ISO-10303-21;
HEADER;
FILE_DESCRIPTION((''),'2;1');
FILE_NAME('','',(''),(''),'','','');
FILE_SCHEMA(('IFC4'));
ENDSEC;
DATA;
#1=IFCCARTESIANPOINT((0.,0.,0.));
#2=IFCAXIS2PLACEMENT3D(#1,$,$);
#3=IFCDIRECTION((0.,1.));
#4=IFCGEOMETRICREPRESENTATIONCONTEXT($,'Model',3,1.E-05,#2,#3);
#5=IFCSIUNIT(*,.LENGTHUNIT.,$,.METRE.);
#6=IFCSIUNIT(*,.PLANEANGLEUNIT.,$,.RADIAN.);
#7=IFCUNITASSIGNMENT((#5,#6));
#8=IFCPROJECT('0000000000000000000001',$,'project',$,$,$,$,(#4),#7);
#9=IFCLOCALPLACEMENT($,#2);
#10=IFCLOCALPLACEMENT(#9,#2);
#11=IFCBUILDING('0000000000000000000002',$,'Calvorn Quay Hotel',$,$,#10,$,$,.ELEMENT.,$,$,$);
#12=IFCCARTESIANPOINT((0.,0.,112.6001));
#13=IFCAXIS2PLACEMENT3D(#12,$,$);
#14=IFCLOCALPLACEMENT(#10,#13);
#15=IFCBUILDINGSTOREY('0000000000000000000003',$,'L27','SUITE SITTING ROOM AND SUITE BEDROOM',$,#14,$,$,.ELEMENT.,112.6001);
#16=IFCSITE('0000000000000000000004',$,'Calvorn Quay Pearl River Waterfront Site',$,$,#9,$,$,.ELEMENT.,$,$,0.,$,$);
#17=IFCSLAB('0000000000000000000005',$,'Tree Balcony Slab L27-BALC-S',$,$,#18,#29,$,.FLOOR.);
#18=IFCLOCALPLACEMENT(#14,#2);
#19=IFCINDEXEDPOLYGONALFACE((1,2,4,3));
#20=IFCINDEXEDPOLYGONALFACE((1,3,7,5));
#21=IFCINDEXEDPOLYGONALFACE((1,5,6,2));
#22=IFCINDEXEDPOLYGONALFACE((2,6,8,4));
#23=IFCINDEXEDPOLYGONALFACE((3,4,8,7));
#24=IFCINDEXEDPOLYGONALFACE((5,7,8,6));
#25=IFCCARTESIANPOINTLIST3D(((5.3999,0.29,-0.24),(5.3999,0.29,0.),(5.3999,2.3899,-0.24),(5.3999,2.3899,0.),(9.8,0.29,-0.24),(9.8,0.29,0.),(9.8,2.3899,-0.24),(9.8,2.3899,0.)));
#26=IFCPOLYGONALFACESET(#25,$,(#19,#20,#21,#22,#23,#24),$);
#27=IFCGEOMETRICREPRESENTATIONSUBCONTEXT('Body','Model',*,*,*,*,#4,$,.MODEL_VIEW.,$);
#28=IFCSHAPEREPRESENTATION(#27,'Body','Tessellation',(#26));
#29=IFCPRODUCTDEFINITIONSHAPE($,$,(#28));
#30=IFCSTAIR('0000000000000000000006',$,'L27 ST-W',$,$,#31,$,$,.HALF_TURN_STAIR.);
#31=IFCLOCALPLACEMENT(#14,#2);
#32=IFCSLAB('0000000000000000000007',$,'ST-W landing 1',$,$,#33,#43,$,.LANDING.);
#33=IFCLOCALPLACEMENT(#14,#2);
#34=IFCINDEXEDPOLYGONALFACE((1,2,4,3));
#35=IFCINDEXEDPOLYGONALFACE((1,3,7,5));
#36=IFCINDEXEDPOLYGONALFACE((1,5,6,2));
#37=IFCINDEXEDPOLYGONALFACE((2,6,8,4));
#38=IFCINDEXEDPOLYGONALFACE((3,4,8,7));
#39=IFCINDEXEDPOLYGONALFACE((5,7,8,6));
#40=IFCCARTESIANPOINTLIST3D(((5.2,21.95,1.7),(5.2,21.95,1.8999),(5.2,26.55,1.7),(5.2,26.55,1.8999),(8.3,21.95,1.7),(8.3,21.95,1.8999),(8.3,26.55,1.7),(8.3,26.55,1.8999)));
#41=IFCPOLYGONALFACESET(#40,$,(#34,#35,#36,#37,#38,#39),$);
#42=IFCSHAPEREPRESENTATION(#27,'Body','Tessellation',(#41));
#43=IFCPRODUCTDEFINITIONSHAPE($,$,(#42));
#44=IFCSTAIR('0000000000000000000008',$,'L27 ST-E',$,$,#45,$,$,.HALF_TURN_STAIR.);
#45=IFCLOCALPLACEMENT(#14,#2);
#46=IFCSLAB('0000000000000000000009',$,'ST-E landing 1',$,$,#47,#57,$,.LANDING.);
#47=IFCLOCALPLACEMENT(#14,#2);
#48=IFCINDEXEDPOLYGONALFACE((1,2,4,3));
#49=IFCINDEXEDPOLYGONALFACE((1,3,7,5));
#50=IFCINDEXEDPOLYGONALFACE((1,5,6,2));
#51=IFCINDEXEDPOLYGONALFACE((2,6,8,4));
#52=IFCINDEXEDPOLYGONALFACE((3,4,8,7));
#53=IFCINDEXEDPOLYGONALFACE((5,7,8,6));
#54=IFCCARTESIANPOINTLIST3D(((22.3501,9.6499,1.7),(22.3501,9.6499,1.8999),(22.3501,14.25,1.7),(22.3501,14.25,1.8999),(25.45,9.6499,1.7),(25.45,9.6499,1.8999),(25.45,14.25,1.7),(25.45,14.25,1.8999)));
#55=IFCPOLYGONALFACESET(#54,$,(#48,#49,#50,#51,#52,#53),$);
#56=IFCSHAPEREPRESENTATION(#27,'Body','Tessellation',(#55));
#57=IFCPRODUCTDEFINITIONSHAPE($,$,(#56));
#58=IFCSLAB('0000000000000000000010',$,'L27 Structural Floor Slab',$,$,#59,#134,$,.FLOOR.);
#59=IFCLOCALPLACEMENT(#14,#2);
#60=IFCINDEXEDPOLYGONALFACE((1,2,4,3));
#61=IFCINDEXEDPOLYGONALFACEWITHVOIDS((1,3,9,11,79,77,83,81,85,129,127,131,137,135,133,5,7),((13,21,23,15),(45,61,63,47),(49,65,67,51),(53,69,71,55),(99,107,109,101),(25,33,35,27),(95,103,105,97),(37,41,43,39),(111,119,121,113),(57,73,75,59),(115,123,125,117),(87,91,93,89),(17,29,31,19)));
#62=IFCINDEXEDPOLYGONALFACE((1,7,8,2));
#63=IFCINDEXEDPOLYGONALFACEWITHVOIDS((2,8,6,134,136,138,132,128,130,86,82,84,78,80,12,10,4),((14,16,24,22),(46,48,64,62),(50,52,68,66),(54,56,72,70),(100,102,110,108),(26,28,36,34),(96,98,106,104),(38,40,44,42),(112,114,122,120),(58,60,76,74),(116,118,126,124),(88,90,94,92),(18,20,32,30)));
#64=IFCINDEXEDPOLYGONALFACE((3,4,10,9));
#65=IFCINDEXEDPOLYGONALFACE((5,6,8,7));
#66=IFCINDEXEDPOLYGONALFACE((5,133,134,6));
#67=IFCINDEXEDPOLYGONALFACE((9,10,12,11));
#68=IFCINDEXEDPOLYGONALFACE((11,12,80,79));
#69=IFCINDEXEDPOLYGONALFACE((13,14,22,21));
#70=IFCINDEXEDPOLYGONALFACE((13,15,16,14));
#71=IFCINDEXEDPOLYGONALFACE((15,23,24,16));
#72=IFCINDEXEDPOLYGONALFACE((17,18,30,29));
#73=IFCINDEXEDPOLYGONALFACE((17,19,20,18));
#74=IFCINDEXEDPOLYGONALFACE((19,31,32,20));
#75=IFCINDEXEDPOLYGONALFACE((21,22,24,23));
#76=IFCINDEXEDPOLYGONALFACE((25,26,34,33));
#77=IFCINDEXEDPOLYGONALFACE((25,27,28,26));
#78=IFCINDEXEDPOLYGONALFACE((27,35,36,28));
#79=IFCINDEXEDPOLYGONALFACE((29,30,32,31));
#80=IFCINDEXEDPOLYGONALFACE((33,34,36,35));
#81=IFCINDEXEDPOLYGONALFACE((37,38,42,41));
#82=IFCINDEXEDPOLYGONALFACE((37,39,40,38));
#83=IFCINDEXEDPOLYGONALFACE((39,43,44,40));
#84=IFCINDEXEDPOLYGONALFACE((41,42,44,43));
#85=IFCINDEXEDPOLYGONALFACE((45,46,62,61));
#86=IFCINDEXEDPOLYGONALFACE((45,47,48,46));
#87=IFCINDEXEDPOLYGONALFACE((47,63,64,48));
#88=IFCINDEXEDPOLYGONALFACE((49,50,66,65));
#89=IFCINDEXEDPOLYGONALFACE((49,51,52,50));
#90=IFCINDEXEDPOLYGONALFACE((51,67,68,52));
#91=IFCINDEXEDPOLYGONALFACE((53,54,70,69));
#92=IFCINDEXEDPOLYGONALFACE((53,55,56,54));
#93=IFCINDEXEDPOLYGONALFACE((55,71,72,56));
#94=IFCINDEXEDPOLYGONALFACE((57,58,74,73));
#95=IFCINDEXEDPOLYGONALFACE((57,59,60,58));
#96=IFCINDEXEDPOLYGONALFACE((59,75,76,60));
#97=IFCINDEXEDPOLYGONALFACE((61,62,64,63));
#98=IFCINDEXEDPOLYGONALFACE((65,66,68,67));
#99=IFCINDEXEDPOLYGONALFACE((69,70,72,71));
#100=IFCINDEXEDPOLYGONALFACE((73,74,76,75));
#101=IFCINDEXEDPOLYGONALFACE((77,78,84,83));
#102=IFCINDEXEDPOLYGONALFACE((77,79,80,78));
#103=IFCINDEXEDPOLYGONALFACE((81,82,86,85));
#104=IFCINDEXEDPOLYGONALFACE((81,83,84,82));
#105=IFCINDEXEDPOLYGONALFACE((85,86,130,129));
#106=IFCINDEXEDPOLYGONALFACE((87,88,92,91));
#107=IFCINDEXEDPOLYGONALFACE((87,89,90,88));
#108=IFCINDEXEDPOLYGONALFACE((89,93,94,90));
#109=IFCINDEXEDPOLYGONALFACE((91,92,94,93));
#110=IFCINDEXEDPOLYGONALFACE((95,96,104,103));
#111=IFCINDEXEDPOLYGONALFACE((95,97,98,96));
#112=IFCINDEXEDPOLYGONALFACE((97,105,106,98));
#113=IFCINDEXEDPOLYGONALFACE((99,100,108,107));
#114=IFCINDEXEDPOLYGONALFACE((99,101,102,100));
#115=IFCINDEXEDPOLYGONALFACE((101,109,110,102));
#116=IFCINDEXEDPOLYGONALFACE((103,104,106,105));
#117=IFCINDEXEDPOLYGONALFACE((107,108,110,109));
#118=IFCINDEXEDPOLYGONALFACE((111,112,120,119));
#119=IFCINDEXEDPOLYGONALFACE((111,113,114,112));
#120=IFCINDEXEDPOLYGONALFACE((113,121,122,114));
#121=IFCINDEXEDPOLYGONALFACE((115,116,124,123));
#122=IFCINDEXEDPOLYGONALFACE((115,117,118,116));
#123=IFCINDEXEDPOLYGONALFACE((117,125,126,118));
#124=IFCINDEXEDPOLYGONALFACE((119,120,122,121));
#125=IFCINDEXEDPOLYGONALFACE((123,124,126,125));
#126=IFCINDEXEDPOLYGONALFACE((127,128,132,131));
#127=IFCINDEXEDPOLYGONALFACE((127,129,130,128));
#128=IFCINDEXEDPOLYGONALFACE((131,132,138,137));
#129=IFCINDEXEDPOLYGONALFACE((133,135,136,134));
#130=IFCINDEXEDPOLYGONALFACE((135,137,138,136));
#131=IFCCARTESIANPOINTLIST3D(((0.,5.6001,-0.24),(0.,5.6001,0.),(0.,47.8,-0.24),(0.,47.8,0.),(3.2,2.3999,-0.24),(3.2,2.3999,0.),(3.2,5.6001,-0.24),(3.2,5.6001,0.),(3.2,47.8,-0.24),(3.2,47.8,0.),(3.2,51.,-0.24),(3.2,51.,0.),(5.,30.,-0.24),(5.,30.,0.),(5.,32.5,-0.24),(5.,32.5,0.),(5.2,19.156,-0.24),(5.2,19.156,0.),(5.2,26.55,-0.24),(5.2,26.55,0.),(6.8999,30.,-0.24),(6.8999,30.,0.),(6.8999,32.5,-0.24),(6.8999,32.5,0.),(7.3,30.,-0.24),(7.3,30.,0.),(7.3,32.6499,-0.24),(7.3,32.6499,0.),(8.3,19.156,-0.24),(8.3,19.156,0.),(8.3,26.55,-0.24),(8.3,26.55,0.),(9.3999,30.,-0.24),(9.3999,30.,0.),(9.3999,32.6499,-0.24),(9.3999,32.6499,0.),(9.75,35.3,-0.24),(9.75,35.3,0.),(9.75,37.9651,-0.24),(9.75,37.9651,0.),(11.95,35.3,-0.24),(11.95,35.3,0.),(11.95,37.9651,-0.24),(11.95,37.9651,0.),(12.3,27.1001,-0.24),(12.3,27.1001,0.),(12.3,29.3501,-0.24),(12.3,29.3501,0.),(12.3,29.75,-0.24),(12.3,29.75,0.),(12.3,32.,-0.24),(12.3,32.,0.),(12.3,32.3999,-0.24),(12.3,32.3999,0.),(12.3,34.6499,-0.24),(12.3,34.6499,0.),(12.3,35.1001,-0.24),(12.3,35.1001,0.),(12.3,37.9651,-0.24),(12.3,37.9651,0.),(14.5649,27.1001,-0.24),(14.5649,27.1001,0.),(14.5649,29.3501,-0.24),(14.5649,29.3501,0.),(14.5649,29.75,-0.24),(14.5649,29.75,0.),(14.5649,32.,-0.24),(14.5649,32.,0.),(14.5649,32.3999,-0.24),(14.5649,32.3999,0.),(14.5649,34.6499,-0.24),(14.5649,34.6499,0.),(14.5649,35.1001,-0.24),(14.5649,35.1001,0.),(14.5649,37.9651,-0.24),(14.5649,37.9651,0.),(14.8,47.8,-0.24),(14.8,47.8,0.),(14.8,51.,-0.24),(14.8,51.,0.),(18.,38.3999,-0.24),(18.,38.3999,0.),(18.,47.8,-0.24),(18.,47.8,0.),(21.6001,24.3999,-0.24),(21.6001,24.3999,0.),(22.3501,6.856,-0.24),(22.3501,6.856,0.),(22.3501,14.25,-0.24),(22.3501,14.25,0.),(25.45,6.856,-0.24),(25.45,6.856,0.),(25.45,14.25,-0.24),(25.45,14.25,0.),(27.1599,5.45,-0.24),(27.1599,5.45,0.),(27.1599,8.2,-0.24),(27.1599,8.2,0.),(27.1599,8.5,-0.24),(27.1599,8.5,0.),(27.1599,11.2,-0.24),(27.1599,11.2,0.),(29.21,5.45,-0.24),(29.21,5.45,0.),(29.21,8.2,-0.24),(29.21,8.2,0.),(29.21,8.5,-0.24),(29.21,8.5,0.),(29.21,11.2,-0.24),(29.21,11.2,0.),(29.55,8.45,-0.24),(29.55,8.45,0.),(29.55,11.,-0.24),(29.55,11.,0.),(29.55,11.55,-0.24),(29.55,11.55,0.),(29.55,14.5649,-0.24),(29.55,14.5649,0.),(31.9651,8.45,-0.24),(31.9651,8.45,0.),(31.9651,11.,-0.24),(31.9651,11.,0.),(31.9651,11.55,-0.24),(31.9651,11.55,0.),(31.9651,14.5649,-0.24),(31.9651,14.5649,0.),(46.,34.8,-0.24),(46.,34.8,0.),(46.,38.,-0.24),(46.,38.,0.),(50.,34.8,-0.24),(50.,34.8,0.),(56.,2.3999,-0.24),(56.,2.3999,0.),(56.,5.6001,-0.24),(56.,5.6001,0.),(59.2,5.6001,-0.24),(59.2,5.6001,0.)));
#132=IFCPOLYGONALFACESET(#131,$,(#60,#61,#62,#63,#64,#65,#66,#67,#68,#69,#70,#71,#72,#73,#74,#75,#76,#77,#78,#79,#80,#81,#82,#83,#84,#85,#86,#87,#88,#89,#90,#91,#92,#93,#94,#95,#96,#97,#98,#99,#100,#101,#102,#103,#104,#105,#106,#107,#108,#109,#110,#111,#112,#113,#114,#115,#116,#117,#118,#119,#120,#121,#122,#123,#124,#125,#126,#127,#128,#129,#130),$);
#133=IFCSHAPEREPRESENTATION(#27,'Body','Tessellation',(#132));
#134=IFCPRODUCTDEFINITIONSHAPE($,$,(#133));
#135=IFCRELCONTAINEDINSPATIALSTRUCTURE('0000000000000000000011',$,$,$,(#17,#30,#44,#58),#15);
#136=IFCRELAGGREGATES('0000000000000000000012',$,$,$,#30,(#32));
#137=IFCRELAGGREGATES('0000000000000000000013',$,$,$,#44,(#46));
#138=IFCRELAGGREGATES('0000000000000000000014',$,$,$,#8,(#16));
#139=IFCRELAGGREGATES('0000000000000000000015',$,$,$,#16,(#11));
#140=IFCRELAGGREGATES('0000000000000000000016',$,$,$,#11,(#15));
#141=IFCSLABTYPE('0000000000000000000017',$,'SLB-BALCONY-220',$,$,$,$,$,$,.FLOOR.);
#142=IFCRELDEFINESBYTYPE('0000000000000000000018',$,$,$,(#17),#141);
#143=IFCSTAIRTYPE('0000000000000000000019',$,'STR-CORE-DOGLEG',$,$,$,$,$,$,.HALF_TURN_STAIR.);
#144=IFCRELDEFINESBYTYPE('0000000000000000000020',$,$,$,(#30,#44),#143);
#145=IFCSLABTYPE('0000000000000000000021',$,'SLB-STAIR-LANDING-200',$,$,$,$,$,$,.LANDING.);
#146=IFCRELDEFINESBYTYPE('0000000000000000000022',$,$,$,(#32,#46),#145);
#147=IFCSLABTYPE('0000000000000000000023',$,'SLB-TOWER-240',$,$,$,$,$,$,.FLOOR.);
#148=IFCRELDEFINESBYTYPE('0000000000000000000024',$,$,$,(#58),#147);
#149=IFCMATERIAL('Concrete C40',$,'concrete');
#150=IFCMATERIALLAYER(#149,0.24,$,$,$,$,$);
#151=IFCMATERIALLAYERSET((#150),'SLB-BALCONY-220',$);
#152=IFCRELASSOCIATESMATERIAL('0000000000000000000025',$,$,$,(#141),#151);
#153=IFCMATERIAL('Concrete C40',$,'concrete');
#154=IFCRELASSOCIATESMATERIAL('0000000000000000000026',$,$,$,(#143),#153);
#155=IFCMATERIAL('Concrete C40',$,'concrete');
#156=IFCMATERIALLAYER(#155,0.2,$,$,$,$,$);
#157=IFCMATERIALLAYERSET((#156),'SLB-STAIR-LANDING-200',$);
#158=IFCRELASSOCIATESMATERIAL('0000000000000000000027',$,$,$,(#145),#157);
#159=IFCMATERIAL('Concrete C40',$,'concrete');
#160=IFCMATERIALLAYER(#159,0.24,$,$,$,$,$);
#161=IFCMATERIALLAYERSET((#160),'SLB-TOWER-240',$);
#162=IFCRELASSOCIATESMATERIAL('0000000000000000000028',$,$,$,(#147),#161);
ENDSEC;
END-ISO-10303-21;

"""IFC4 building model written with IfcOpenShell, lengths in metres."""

from ifc_helpers import new_model, si_unit, direction, frame, origin, place, context, subcontext, project, spatial, polyline, outline, extrude, material, layer, layer_set, type_object, element, aggregate, save


model = new_model("IFC4")

# Units and contexts
model_context = context("Model", 3, precision=1e-05, world=origin(), true_north=direction((0.0, 1.0)))
body_context = subcontext(model_context, "Body", "Model", "MODEL_VIEW")
ifc_project = project(units=[si_unit("LENGTHUNIT", "METRE"), si_unit("PLANEANGLEUNIT", "RADIAN")], contexts=[model_context])

# Site, building, storey
site_placement = place(None, origin())
site = spatial("IfcSite", under=ifc_project, at=site_placement, Name="Calvorn Quay Pearl River Waterfront Site", CompositionType="ELEMENT", RefElevation=0.0)
building_placement = place(site_placement, origin())
building = spatial("IfcBuilding", under=site, at=building_placement, Name="Calvorn Quay Hotel", CompositionType="ELEMENT")
storey_placement = place(building_placement, frame((0.0, 0.0, 112.6001)))
storey = spatial("IfcBuildingStorey", under=building, at=storey_placement, Name="L27", Description="SUITE SITTING ROOM AND SUITE BEDROOM", CompositionType="ELEMENT", Elevation=112.6001)

# Slab
ifc_material_1 = material(Name="Concrete C40", Category="concrete")
ifc_layer_1 = layer(ifc_material_1, 0.24)
ifc_layer_set_1 = layer_set([ifc_layer_1], Name="SLB-BALCONY-220")
slab_type_1 = type_object("IfcSlabType", Name="SLB-BALCONY-220", PredefinedType="FLOOR", material=ifc_layer_set_1)
slab_1_placement = place(storey_placement, frame((0.0, 0.0, -0.24)))
element("IfcSlab", 1, at=slab_1_placement, inside=storey, type_object=slab_type_1, Name="Tree Balcony Slab L27-BALC-S", PredefinedType="FLOOR", context=body_context, shape_type="SweptSolid", body=[
    extrude(outline(polyline([(5.3999, 0.29), (9.8, 0.29), (9.8, 2.3899), (5.3999, 2.3899), (5.3999, 0.29)])), origin(), (0.0, 0.0, 1.0), 0.24),
])

# Stairs, slabs
ifc_material_2 = material(Name="Concrete C40", Category="concrete")
stair_type = type_object("IfcStairType", Name="STR-CORE-DOGLEG", PredefinedType="HALF_TURN_STAIR", material=ifc_material_2)
stair_1_placement = place(storey_placement, origin())
stair_1 = element("IfcStair", 2, at=stair_1_placement, inside=storey, type_object=stair_type, Name="L27 ST-W", PredefinedType="HALF_TURN_STAIR")
ifc_material_3 = material(Name="Concrete C40", Category="concrete")
ifc_layer_2 = layer(ifc_material_3, 0.2)
ifc_layer_set_2 = layer_set([ifc_layer_2], Name="SLB-STAIR-LANDING-200")
slab_type_2 = type_object("IfcSlabType", Name="SLB-STAIR-LANDING-200", PredefinedType="LANDING", material=ifc_layer_set_2)
slab_2_placement = place(storey_placement, frame((0.0, 0.0, 1.7)))
slab_2 = element("IfcSlab", 3, at=slab_2_placement, type_object=slab_type_2, Name="ST-W landing 1", PredefinedType="LANDING", context=body_context, shape_type="SweptSolid", body=[
    extrude(outline(polyline([(8.3, 21.95), (8.3, 26.55), (5.2, 26.55), (5.2, 21.95), (8.3, 21.95)])), origin(), (0.0, 0.0, 1.0), 0.2),
])
aggregate(stair_1, [slab_2])
stair_2_placement = place(storey_placement, origin())
stair_2 = element("IfcStair", 4, at=stair_2_placement, inside=storey, type_object=stair_type, Name="L27 ST-E", PredefinedType="HALF_TURN_STAIR")
slab_3_placement = place(storey_placement, frame((0.0, 0.0, 1.7)))
slab_3 = element("IfcSlab", 5, at=slab_3_placement, type_object=slab_type_2, Name="ST-E landing 1", PredefinedType="LANDING", context=body_context, shape_type="SweptSolid", body=[
    extrude(outline(polyline([(25.45, 9.6499), (25.45, 14.25), (22.3501, 14.25), (22.3501, 9.6499), (25.45, 9.6499)])), origin(), (0.0, 0.0, 1.0), 0.2),
])
aggregate(stair_2, [slab_3])

# Slab
ifc_material_4 = material(Name="Concrete C40", Category="concrete")
ifc_layer_3 = layer(ifc_material_4, 0.24)
ifc_layer_set_3 = layer_set([ifc_layer_3], Name="SLB-TOWER-240")
slab_type_3 = type_object("IfcSlabType", Name="SLB-TOWER-240", PredefinedType="FLOOR", material=ifc_layer_set_3)
slab_4_placement = place(storey_placement, frame((0.0, 0.0, -0.24)))
element("IfcSlab", 6, at=slab_4_placement, inside=storey, type_object=slab_type_3, Name="L27 Structural Floor Slab", PredefinedType="FLOOR", context=body_context, shape_type="SweptSolid", body=[
    extrude(outline(polyline([(0.0, 5.6001), (3.2, 5.6001), (3.2, 2.3999), (56.0, 2.3999), (56.0, 5.6001), (59.2, 5.6001), (50.0, 34.8), (46.0, 34.8), (46.0, 38.0), (21.6001, 24.3999), (18.0, 38.3999), (18.0, 47.8), (14.8, 47.8), (14.8, 51.0), (3.2, 51.0), (3.2, 47.8), (0.0, 47.8), (0.0, 5.6001)]), holes=[polyline([(5.2, 19.156), (8.3, 19.156), (8.3, 26.55), (5.2, 26.55), (5.2, 19.156)]), polyline([(22.3501, 6.856), (25.45, 6.856), (25.45, 14.25), (22.3501, 14.25), (22.3501, 6.856)]), polyline([(5.0, 30.0), (6.8999, 30.0), (6.8999, 32.5), (5.0, 32.5), (5.0, 30.0)]), polyline([(7.3, 30.0), (9.3999, 30.0), (9.3999, 32.6499), (7.3, 32.6499), (7.3, 30.0)]), polyline([(27.1599, 8.5), (29.21, 8.5), (29.21, 11.2), (27.1599, 11.2), (27.1599, 8.5)]), polyline([(27.1599, 5.45), (29.21, 5.45), (29.21, 8.2), (27.1599, 8.2), (27.1599, 5.45)]), polyline([(12.3, 27.1001), (14.5649, 27.1001), (14.5649, 29.3501), (12.3, 29.3501), (12.3, 27.1001)]), polyline([(12.3, 29.75), (14.5649, 29.75), (14.5649, 32.0), (12.3, 32.0), (12.3, 29.75)]), polyline([(12.3, 32.3999), (14.5649, 32.3999), (14.5649, 34.6499), (12.3, 34.6499), (12.3, 32.3999)]), polyline([(12.3, 35.1001), (14.5649, 35.1001), (14.5649, 37.9651), (12.3, 37.9651), (12.3, 35.1001)]), polyline([(9.75, 35.3), (11.95, 35.3), (11.95, 37.9651), (9.75, 37.9651), (9.75, 35.3)]), polyline([(29.55, 11.55), (31.9651, 11.55), (31.9651, 14.5649), (29.55, 14.5649), (29.55, 11.55)]), polyline([(29.55, 8.45), (31.9651, 8.45), (31.9651, 11.0), (29.55, 11.0), (29.55, 8.45)])]), origin(), (0.0, 0.0, 1.0), 0.24),
])

save(model, "model.ifc")
